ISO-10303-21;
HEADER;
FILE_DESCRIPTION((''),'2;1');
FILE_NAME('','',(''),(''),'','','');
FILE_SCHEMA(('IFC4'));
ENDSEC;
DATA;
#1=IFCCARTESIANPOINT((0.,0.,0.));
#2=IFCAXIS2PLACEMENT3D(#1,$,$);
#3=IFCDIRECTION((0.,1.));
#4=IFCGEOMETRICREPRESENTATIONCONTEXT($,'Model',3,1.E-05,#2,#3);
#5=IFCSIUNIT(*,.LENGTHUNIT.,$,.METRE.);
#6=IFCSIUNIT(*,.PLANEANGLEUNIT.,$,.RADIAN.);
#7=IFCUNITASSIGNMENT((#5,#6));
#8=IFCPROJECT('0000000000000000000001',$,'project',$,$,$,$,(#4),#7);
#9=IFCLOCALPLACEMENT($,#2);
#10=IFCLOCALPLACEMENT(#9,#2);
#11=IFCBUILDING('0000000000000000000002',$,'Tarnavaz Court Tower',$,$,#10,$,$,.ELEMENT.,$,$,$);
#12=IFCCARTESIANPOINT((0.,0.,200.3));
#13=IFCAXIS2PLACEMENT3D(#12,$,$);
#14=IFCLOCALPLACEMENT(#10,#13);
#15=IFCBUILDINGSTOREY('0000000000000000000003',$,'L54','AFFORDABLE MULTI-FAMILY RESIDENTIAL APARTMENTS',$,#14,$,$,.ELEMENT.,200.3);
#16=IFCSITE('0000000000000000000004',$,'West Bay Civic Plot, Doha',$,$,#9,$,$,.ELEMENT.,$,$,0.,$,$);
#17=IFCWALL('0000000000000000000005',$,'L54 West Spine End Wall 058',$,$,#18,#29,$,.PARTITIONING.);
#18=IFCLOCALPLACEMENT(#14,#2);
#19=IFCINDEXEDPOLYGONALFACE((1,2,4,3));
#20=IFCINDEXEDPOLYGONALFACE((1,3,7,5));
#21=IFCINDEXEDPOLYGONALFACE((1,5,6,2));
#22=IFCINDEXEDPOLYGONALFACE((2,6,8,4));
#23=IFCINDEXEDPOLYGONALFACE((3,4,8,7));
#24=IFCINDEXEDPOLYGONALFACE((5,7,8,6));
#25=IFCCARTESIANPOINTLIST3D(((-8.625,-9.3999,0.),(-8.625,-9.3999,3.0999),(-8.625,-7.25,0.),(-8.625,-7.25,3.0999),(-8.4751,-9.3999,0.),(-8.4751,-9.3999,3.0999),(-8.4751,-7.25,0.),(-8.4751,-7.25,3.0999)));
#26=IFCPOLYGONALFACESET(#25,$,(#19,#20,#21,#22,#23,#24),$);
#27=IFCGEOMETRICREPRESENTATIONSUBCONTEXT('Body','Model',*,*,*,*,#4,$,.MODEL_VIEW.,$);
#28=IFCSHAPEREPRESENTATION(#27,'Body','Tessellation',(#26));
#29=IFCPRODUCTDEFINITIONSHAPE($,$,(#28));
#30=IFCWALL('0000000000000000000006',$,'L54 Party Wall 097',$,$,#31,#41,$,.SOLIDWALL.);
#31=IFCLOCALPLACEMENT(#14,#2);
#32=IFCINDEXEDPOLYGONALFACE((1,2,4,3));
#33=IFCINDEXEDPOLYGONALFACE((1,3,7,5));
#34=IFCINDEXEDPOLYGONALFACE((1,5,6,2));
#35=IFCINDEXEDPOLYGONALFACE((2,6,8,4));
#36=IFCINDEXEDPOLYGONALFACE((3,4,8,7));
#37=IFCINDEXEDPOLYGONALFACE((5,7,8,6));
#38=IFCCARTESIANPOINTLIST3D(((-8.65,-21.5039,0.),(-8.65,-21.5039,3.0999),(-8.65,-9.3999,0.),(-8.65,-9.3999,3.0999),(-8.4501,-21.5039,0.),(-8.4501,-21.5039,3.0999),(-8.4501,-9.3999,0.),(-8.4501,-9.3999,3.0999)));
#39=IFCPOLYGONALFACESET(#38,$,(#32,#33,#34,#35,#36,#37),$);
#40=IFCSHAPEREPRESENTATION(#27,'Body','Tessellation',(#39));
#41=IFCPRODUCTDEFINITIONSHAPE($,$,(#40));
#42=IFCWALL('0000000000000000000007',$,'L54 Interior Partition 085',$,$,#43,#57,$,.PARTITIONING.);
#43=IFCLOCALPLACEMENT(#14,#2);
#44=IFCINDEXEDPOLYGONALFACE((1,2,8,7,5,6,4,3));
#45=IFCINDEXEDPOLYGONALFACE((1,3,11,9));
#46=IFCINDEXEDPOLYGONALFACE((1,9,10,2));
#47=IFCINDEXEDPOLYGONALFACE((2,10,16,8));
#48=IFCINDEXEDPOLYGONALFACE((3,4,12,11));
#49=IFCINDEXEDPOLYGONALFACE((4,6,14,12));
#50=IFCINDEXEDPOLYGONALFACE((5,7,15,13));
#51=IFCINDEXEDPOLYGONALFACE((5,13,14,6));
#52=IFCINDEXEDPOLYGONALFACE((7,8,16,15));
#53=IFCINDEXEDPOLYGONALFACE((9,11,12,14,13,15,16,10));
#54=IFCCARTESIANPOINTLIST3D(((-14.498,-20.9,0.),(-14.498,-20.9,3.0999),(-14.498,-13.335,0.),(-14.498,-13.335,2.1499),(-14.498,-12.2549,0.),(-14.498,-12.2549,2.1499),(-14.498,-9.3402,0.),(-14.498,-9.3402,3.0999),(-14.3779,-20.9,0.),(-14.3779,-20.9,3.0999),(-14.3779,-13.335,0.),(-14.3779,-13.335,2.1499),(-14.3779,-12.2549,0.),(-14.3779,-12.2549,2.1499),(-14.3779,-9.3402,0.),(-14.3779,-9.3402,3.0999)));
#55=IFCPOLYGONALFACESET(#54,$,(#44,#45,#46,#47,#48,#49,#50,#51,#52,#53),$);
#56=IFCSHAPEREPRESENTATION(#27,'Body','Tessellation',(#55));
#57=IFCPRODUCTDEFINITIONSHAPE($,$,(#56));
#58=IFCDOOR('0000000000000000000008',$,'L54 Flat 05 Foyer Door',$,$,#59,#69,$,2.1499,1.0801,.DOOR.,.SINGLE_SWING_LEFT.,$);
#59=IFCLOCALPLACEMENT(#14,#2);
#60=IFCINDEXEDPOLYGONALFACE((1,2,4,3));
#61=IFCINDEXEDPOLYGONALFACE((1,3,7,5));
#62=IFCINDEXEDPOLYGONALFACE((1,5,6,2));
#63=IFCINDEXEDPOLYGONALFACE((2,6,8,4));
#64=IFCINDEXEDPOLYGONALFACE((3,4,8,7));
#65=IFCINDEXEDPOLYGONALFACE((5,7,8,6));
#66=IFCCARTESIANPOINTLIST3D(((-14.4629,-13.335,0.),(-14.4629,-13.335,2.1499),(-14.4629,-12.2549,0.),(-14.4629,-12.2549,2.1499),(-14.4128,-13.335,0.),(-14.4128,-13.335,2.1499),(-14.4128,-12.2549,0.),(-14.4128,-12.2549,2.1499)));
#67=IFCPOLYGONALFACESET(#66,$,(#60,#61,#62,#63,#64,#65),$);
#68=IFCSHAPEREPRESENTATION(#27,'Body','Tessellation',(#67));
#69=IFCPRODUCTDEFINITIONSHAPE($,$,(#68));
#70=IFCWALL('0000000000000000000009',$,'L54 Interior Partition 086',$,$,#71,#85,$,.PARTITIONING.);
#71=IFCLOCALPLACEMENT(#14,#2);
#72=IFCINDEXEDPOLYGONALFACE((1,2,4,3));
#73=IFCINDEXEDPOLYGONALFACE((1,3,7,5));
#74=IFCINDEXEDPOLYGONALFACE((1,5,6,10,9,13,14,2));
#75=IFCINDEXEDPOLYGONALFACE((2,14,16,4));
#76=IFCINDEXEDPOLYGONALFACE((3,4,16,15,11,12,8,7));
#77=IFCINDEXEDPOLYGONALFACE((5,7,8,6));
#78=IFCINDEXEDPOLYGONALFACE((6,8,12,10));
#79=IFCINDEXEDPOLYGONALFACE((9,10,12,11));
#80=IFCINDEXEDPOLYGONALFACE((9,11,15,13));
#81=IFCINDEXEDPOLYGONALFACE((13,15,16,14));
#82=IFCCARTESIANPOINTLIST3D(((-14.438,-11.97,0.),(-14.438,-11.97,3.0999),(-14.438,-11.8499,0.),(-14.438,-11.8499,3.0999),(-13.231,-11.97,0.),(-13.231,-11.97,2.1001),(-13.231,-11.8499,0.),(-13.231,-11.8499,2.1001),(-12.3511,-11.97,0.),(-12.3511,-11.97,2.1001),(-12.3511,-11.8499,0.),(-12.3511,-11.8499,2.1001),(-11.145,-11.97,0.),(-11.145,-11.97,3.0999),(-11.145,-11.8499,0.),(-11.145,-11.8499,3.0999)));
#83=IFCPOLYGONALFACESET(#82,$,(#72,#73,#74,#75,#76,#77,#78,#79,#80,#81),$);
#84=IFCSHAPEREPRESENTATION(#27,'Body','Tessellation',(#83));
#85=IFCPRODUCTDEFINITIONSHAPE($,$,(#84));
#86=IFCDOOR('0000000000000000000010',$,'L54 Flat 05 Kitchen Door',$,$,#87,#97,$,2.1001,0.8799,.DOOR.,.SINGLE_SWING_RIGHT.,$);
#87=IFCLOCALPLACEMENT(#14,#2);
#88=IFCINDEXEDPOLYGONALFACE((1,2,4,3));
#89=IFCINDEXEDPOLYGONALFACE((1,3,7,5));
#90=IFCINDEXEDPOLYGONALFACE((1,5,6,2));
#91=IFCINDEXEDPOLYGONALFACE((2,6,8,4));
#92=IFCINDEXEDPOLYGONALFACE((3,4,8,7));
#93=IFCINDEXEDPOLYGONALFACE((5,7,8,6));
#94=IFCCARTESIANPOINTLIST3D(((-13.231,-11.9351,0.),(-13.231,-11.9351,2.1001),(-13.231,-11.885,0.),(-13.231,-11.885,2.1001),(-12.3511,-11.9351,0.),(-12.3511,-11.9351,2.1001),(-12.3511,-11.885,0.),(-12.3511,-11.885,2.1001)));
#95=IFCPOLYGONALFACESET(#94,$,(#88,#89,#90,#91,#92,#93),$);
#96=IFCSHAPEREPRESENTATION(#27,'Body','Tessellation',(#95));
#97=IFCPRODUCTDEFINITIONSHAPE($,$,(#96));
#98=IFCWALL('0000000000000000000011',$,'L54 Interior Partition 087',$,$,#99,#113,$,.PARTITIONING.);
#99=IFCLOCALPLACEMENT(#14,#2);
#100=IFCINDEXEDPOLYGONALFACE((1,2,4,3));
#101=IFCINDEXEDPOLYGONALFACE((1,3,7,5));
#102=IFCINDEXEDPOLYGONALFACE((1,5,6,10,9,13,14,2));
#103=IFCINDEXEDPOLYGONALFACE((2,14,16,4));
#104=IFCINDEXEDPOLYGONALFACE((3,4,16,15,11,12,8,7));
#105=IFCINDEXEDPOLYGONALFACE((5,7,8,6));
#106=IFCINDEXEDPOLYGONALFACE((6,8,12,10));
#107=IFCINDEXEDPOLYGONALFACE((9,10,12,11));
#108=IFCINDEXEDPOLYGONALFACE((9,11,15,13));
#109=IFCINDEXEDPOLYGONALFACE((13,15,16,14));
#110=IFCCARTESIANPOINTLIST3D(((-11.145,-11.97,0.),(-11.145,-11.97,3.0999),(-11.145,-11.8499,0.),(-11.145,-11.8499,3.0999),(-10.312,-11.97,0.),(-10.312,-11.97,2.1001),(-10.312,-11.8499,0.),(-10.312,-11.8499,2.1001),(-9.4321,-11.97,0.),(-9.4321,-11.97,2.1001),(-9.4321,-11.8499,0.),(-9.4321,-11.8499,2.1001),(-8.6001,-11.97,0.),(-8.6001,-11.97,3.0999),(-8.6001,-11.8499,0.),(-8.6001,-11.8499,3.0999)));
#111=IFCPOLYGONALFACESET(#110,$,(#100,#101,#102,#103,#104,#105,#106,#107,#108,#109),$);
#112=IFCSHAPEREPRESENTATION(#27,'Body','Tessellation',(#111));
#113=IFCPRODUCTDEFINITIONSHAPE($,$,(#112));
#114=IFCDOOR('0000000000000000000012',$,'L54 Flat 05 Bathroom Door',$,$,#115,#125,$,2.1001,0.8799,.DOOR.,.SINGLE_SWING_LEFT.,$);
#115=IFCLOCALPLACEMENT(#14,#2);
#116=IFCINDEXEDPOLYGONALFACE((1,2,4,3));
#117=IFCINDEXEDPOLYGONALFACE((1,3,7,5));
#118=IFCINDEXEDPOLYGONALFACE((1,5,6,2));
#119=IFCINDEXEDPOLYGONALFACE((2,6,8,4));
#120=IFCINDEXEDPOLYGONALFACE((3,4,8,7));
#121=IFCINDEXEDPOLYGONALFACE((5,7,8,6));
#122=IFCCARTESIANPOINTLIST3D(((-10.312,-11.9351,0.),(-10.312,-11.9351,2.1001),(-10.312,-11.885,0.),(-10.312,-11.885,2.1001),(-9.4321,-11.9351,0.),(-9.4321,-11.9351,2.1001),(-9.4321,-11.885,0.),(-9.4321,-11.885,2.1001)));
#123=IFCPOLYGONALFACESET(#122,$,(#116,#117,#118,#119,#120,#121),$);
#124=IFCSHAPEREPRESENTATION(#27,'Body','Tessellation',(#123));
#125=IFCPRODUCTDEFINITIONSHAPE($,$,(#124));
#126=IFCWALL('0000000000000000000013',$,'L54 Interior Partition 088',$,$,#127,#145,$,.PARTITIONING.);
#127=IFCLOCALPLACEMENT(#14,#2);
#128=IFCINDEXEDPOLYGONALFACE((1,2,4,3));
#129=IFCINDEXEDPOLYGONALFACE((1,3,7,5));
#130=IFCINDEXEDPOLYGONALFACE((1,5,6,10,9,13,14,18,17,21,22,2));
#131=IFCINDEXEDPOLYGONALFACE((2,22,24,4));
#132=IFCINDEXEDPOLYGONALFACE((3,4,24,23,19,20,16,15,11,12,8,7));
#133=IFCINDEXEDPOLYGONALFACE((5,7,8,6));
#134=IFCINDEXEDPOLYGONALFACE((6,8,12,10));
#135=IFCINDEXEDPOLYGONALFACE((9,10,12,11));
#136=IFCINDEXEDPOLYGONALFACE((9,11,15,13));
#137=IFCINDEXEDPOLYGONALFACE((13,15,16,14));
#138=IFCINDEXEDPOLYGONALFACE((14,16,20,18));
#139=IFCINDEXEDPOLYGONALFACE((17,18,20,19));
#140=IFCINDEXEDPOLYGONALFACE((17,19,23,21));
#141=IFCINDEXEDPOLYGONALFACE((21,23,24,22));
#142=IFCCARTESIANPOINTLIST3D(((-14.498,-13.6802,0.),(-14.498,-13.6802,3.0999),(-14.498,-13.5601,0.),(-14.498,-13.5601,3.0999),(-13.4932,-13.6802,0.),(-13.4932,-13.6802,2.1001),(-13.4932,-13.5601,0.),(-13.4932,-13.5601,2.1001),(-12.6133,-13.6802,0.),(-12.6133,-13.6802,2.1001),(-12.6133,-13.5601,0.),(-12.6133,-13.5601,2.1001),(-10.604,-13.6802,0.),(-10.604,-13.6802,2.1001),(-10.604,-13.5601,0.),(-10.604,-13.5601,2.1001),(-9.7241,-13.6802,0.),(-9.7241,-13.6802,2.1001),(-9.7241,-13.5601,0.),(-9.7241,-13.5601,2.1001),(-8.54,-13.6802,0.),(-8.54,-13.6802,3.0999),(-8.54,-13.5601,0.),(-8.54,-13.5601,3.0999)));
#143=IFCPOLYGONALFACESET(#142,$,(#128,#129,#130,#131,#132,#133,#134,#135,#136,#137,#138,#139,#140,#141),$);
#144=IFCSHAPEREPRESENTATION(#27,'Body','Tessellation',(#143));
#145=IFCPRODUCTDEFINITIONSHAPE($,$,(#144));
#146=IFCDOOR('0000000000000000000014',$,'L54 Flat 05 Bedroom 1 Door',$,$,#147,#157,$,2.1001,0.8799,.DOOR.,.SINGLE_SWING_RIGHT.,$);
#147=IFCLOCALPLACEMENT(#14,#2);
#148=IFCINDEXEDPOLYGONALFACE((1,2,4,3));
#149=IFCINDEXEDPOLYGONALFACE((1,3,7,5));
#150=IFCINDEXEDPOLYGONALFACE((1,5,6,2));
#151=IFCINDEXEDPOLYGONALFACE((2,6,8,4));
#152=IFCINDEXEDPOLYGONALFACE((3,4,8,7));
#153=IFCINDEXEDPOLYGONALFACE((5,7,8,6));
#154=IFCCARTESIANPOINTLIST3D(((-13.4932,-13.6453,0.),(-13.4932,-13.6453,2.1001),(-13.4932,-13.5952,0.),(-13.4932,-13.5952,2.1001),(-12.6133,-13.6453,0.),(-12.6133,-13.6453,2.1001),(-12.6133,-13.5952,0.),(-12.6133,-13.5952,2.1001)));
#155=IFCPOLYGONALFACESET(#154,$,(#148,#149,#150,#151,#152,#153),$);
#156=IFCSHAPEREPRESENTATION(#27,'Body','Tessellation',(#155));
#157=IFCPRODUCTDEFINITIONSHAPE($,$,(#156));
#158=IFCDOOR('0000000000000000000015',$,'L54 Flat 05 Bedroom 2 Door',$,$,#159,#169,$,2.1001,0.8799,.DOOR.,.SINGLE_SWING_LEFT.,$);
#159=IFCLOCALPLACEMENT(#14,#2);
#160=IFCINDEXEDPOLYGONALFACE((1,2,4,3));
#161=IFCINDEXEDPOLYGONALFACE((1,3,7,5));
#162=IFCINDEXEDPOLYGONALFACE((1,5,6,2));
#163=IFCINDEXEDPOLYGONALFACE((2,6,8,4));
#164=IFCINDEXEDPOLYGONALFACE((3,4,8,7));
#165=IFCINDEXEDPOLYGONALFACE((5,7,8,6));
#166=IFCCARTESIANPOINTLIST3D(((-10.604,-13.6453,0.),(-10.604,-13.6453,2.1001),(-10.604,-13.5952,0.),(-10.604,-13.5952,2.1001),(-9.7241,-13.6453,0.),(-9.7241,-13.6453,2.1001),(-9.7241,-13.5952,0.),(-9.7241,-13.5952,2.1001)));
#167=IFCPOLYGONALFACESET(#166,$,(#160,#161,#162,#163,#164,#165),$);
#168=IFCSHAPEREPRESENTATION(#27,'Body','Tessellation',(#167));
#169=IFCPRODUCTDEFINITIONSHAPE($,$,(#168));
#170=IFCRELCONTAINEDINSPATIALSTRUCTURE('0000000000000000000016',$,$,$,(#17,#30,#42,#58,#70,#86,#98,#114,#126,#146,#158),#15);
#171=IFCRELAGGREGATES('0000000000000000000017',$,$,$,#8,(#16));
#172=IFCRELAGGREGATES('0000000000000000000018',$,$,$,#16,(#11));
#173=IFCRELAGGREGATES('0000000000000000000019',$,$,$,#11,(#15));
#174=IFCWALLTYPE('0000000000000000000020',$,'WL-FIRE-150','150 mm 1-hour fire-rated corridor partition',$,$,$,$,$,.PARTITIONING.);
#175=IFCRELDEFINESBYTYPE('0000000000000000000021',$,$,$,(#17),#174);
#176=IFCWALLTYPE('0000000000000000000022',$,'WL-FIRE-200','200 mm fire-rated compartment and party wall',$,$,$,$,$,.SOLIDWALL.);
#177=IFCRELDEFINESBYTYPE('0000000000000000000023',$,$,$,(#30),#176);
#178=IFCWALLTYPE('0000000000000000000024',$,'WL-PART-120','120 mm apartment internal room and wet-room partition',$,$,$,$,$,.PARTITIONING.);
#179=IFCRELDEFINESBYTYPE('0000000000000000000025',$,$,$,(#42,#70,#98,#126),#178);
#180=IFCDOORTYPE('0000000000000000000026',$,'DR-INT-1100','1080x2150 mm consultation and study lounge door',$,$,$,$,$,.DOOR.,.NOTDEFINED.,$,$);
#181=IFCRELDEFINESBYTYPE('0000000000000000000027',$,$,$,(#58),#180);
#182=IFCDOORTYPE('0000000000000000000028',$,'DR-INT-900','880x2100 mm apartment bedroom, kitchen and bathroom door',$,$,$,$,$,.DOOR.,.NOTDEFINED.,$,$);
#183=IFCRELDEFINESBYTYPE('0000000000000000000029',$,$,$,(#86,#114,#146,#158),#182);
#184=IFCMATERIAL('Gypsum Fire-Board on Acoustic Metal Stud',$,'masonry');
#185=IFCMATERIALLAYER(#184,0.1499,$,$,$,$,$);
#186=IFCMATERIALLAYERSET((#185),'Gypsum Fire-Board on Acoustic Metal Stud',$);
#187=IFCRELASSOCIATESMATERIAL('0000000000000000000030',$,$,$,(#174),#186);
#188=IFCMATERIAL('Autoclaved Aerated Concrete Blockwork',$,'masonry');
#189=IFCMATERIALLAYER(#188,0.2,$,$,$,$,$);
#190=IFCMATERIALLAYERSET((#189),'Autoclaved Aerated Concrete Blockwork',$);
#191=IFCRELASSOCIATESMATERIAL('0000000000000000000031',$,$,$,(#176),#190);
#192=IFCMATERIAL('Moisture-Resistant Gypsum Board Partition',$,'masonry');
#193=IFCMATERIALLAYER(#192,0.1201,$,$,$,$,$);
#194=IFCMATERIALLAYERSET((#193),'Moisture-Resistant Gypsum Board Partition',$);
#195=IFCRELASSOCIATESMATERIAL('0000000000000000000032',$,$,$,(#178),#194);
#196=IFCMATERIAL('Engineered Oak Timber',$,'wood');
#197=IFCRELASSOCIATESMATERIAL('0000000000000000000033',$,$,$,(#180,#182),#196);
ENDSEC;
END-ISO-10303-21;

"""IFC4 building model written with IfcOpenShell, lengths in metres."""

from ifc_helpers import new_model, si_unit, direction, frame, frame_2d, origin, place, context, subcontext, project, spatial, rectangle, extrude, material, layer, layer_set, type_object, element, fill, save


model = new_model("IFC4")

# Units and contexts
model_context = context("Model", 3, precision=1e-05, world=origin(), true_north=direction((0.0, 1.0)))
body_context = subcontext(model_context, "Body", "Model", "MODEL_VIEW")
ifc_project = project(units=[si_unit("LENGTHUNIT", "METRE"), si_unit("PLANEANGLEUNIT", "RADIAN")], contexts=[model_context])

# Site, building, storey
site_placement = place(None, origin())
site = spatial("IfcSite", under=ifc_project, at=site_placement, Name="West Bay Civic Plot, Doha", CompositionType="ELEMENT", RefElevation=0.0)
building_placement = place(site_placement, origin())
building = spatial("IfcBuilding", under=site, at=building_placement, Name="Tarnavaz Court Tower", CompositionType="ELEMENT")
storey_placement = place(building_placement, frame((0.0, 0.0, 200.3)))
storey = spatial("IfcBuildingStorey", under=building, at=storey_placement, Name="L54", Description="AFFORDABLE MULTI-FAMILY RESIDENTIAL APARTMENTS", CompositionType="ELEMENT", Elevation=200.3)

# Walls
ifc_material_1 = material(Name="Gypsum Fire-Board on Acoustic Metal Stud", Category="masonry")
ifc_layer_1 = layer(ifc_material_1, 0.1499)
ifc_layer_set_1 = layer_set([ifc_layer_1], Name="Gypsum Fire-Board on Acoustic Metal Stud")
wall_type_1 = type_object("IfcWallType", Name="WL-FIRE-150", Description="150 mm 1-hour fire-rated corridor partition", PredefinedType="PARTITIONING", material=ifc_layer_set_1)
wall_1_placement = place(storey_placement, frame((-8.55, -9.3999, 0.0), z_axis=(0.0, 0.0, 1.0), x_axis=(0.0, 1.0, 0.0)))
element("IfcWall", 1, at=wall_1_placement, inside=storey, type_object=wall_type_1, Name="L54 West Spine End Wall 058", PredefinedType="PARTITIONING", context=body_context, shape_type="SweptSolid", body=[
    extrude(rectangle(XDim=2.1499, YDim=0.1499, at=frame_2d((1.075, 0.0))), origin(), (0.0, 0.0, 1.0), 3.0999),
])
ifc_material_2 = material(Name="Autoclaved Aerated Concrete Blockwork", Category="masonry")
ifc_layer_2 = layer(ifc_material_2, 0.2)
ifc_layer_set_2 = layer_set([ifc_layer_2], Name="Autoclaved Aerated Concrete Blockwork")
wall_type_2 = type_object("IfcWallType", Name="WL-FIRE-200", Description="200 mm fire-rated compartment and party wall", PredefinedType="SOLIDWALL", material=ifc_layer_set_2)
wall_2_placement = place(storey_placement, frame((-8.55, -21.5039, 0.0), z_axis=(0.0, 0.0, 1.0), x_axis=(0.0, 1.0, 0.0)))
element("IfcWall", 2, at=wall_2_placement, inside=storey, type_object=wall_type_2, Name="L54 Party Wall 097", PredefinedType="SOLIDWALL", context=body_context, shape_type="SweptSolid", body=[
    extrude(rectangle(XDim=12.104, YDim=0.2, at=frame_2d((6.052, 0.0))), origin(), (0.0, 0.0, 1.0), 3.0999),
])

# Walls, openings, doors
ifc_material_3 = material(Name="Moisture-Resistant Gypsum Board Partition", Category="masonry")
ifc_layer_3 = layer(ifc_material_3, 0.1201)
ifc_layer_set_3 = layer_set([ifc_layer_3], Name="Moisture-Resistant Gypsum Board Partition")
wall_type_3 = type_object("IfcWallType", Name="WL-PART-120", Description="120 mm apartment internal room and wet-room partition", PredefinedType="PARTITIONING", material=ifc_layer_set_3)
wall_3_placement = place(storey_placement, frame((-14.438, -20.8999, 0.0), z_axis=(0.0, 0.0, 1.0), x_axis=(0.0, 1.0, 0.0)))
wall_3 = element("IfcWall", 3, at=wall_3_placement, inside=storey, type_object=wall_type_3, Name="L54 Interior Partition 085", PredefinedType="PARTITIONING", context=body_context, shape_type="SweptSolid", body=[
    extrude(rectangle(XDim=11.5598, YDim=0.1201, at=frame_2d((5.7798, 0.0))), origin(), (0.0, 0.0, 1.0), 3.0999),
])
opening_1_placement = place(wall_3_placement, frame((7.5649, 0.0, 0.0)))
opening_1 = element("IfcOpeningElement", 4, at=opening_1_placement, cuts=wall_3, PredefinedType="OPENING", context=body_context, shape_type="SweptSolid", body=[
    extrude(rectangle(XDim=1.0801, YDim=2.1499, at=frame_2d((0.54, 1.075))), frame((0.0, 0.0701, 0.0), z_axis=(0.0, -1.0, 0.0), x_axis=(1.0, 0.0, 0.0)), (0.0, 0.0, 1.0), 0.1401),
])
ifc_material_4 = material(Name="Engineered Oak Timber", Category="wood")
door_type_1 = type_object("IfcDoorType", Name="DR-INT-1100", Description="1080x2150 mm consultation and study lounge door", OperationType="NOTDEFINED", PredefinedType="DOOR", material=ifc_material_4)
door_1_placement = place(opening_1_placement, origin())
door_1 = element("IfcDoor", 5, at=door_1_placement, inside=storey, type_object=door_type_1, Name="L54 Flat 05 Foyer Door", OperationType="SINGLE_SWING_LEFT", OverallHeight=2.1499, OverallWidth=1.0801, PredefinedType="DOOR", context=body_context, shape_type="SweptSolid", body=[
    extrude(rectangle(XDim=1.0801, YDim=2.1499, at=frame_2d((0.54, 1.075))), frame((0.0, 0.0249, 0.0), z_axis=(0.0, -1.0, 0.0), x_axis=(1.0, 0.0, 0.0)), (0.0, 0.0, 1.0), 0.05),
])
fill(opening_1, door_1)
wall_4_placement = place(storey_placement, frame((-14.438, -11.9099, 0.0), z_axis=(0.0, 0.0, 1.0), x_axis=(1.0, 0.0, 0.0)))
wall_4 = element("IfcWall", 6, at=wall_4_placement, inside=storey, type_object=wall_type_3, Name="L54 Interior Partition 086", PredefinedType="PARTITIONING", context=body_context, shape_type="SweptSolid", body=[
    extrude(rectangle(XDim=3.293, YDim=0.1201, at=frame_2d((1.6465, 0.0))), origin(), (0.0, 0.0, 1.0), 3.0999),
])
opening_2_placement = place(wall_4_placement, frame((1.207, 0.0, 0.0)))
opening_2 = element("IfcOpeningElement", 7, at=opening_2_placement, cuts=wall_4, PredefinedType="OPENING", context=body_context, shape_type="SweptSolid", body=[
    extrude(rectangle(XDim=0.8799, YDim=2.1001, at=frame_2d((0.4399, 1.05))), frame((0.0, 0.0701, 0.0), z_axis=(0.0, -1.0, 0.0), x_axis=(1.0, 0.0, 0.0)), (0.0, 0.0, 1.0), 0.1401),
])
door_type_2 = type_object("IfcDoorType", Name="DR-INT-900", Description="880x2100 mm apartment bedroom, kitchen and bathroom door", OperationType="NOTDEFINED", PredefinedType="DOOR", material=ifc_material_4)
door_2_placement = place(opening_2_placement, origin())
door_2 = element("IfcDoor", 8, at=door_2_placement, inside=storey, type_object=door_type_2, Name="L54 Flat 05 Kitchen Door", OperationType="SINGLE_SWING_RIGHT", OverallHeight=2.1001, OverallWidth=0.8799, PredefinedType="DOOR", context=body_context, shape_type="SweptSolid", body=[
    extrude(rectangle(XDim=0.8799, YDim=2.1001, at=frame_2d((0.4399, 1.05))), frame((0.0, 0.0249, 0.0), z_axis=(0.0, -1.0, 0.0), x_axis=(1.0, 0.0, 0.0)), (0.0, 0.0, 1.0), 0.05),
])
fill(opening_2, door_2)
wall_5_placement = place(storey_placement, frame((-11.145, -11.9099, 0.0), z_axis=(0.0, 0.0, 1.0), x_axis=(1.0, 0.0, 0.0)))
wall_5 = element("IfcWall", 9, at=wall_5_placement, inside=storey, type_object=wall_type_3, Name="L54 Interior Partition 087", PredefinedType="PARTITIONING", context=body_context, shape_type="SweptSolid", body=[
    extrude(rectangle(XDim=2.5449, YDim=0.1201, at=frame_2d((1.2725, 0.0))), origin(), (0.0, 0.0, 1.0), 3.0999),
])
opening_3_placement = place(wall_5_placement, frame((0.833, 0.0, 0.0)))
opening_3 = element("IfcOpeningElement", 10, at=opening_3_placement, cuts=wall_5, PredefinedType="OPENING", context=body_context, shape_type="SweptSolid", body=[
    extrude(rectangle(XDim=0.8799, YDim=2.1001, at=frame_2d((0.4399, 1.05))), frame((0.0, 0.0701, 0.0), z_axis=(0.0, -1.0, 0.0), x_axis=(1.0, 0.0, 0.0)), (0.0, 0.0, 1.0), 0.1401),
])
door_3_placement = place(opening_3_placement, origin())
door_3 = element("IfcDoor", 11, at=door_3_placement, inside=storey, type_object=door_type_2, Name="L54 Flat 05 Bathroom Door", OperationType="SINGLE_SWING_LEFT", OverallHeight=2.1001, OverallWidth=0.8799, PredefinedType="DOOR", context=body_context, shape_type="SweptSolid", body=[
    extrude(rectangle(XDim=0.8799, YDim=2.1001, at=frame_2d((0.4399, 1.05))), frame((0.0, 0.0249, 0.0), z_axis=(0.0, -1.0, 0.0), x_axis=(1.0, 0.0, 0.0)), (0.0, 0.0, 1.0), 0.05),
])
fill(opening_3, door_3)

# Wall, openings, doors
wall_6_placement = place(storey_placement, frame((-14.498, -13.6201, 0.0), z_axis=(0.0, 0.0, 1.0), x_axis=(1.0, 0.0, 0.0)))
wall_6 = element("IfcWall", 12, at=wall_6_placement, inside=storey, type_object=wall_type_3, Name="L54 Interior Partition 088", PredefinedType="PARTITIONING", context=body_context, shape_type="SweptSolid", body=[
    extrude(rectangle(XDim=5.958, YDim=0.1201, at=frame_2d((2.979, 0.0))), origin(), (0.0, 0.0, 1.0), 3.0999),
])
opening_4_placement = place(wall_6_placement, frame((1.0049, 0.0, 0.0)))
opening_4 = element("IfcOpeningElement", 13, at=opening_4_placement, cuts=wall_6, PredefinedType="OPENING", context=body_context, shape_type="SweptSolid", body=[
    extrude(rectangle(XDim=0.8799, YDim=2.1001, at=frame_2d((0.4399, 1.05))), frame((0.0, 0.0701, 0.0), z_axis=(0.0, -1.0, 0.0), x_axis=(1.0, 0.0, 0.0)), (0.0, 0.0, 1.0), 0.1401),
])
opening_5_placement = place(wall_6_placement, frame((3.894, 0.0, 0.0)))
opening_5 = element("IfcOpeningElement", 14, at=opening_5_placement, cuts=wall_6, PredefinedType="OPENING", context=body_context, shape_type="SweptSolid", body=[
    extrude(rectangle(XDim=0.8799, YDim=2.1001, at=frame_2d((0.4399, 1.05))), frame((0.0, 0.0701, 0.0), z_axis=(0.0, -1.0, 0.0), x_axis=(1.0, 0.0, 0.0)), (0.0, 0.0, 1.0), 0.1401),
])
door_4_placement = place(opening_4_placement, origin())
door_4 = element("IfcDoor", 15, at=door_4_placement, inside=storey, type_object=door_type_2, Name="L54 Flat 05 Bedroom 1 Door", OperationType="SINGLE_SWING_RIGHT", OverallHeight=2.1001, OverallWidth=0.8799, PredefinedType="DOOR", context=body_context, shape_type="SweptSolid", body=[
    extrude(rectangle(XDim=0.8799, YDim=2.1001, at=frame_2d((0.4399, 1.05))), frame((0.0, 0.0249, 0.0), z_axis=(0.0, -1.0, 0.0), x_axis=(1.0, 0.0, 0.0)), (0.0, 0.0, 1.0), 0.05),
])
fill(opening_4, door_4)
door_5_placement = place(opening_5_placement, origin())
door_5 = element("IfcDoor", 16, at=door_5_placement, inside=storey, type_object=door_type_2, Name="L54 Flat 05 Bedroom 2 Door", OperationType="SINGLE_SWING_LEFT", OverallHeight=2.1001, OverallWidth=0.8799, PredefinedType="DOOR", context=body_context, shape_type="SweptSolid", body=[
    extrude(rectangle(XDim=0.8799, YDim=2.1001, at=frame_2d((0.4399, 1.05))), frame((0.0, 0.0249, 0.0), z_axis=(0.0, -1.0, 0.0), x_axis=(1.0, 0.0, 0.0)), (0.0, 0.0, 1.0), 0.05),
])
fill(opening_5, door_5)

save(model, "model.ifc")
